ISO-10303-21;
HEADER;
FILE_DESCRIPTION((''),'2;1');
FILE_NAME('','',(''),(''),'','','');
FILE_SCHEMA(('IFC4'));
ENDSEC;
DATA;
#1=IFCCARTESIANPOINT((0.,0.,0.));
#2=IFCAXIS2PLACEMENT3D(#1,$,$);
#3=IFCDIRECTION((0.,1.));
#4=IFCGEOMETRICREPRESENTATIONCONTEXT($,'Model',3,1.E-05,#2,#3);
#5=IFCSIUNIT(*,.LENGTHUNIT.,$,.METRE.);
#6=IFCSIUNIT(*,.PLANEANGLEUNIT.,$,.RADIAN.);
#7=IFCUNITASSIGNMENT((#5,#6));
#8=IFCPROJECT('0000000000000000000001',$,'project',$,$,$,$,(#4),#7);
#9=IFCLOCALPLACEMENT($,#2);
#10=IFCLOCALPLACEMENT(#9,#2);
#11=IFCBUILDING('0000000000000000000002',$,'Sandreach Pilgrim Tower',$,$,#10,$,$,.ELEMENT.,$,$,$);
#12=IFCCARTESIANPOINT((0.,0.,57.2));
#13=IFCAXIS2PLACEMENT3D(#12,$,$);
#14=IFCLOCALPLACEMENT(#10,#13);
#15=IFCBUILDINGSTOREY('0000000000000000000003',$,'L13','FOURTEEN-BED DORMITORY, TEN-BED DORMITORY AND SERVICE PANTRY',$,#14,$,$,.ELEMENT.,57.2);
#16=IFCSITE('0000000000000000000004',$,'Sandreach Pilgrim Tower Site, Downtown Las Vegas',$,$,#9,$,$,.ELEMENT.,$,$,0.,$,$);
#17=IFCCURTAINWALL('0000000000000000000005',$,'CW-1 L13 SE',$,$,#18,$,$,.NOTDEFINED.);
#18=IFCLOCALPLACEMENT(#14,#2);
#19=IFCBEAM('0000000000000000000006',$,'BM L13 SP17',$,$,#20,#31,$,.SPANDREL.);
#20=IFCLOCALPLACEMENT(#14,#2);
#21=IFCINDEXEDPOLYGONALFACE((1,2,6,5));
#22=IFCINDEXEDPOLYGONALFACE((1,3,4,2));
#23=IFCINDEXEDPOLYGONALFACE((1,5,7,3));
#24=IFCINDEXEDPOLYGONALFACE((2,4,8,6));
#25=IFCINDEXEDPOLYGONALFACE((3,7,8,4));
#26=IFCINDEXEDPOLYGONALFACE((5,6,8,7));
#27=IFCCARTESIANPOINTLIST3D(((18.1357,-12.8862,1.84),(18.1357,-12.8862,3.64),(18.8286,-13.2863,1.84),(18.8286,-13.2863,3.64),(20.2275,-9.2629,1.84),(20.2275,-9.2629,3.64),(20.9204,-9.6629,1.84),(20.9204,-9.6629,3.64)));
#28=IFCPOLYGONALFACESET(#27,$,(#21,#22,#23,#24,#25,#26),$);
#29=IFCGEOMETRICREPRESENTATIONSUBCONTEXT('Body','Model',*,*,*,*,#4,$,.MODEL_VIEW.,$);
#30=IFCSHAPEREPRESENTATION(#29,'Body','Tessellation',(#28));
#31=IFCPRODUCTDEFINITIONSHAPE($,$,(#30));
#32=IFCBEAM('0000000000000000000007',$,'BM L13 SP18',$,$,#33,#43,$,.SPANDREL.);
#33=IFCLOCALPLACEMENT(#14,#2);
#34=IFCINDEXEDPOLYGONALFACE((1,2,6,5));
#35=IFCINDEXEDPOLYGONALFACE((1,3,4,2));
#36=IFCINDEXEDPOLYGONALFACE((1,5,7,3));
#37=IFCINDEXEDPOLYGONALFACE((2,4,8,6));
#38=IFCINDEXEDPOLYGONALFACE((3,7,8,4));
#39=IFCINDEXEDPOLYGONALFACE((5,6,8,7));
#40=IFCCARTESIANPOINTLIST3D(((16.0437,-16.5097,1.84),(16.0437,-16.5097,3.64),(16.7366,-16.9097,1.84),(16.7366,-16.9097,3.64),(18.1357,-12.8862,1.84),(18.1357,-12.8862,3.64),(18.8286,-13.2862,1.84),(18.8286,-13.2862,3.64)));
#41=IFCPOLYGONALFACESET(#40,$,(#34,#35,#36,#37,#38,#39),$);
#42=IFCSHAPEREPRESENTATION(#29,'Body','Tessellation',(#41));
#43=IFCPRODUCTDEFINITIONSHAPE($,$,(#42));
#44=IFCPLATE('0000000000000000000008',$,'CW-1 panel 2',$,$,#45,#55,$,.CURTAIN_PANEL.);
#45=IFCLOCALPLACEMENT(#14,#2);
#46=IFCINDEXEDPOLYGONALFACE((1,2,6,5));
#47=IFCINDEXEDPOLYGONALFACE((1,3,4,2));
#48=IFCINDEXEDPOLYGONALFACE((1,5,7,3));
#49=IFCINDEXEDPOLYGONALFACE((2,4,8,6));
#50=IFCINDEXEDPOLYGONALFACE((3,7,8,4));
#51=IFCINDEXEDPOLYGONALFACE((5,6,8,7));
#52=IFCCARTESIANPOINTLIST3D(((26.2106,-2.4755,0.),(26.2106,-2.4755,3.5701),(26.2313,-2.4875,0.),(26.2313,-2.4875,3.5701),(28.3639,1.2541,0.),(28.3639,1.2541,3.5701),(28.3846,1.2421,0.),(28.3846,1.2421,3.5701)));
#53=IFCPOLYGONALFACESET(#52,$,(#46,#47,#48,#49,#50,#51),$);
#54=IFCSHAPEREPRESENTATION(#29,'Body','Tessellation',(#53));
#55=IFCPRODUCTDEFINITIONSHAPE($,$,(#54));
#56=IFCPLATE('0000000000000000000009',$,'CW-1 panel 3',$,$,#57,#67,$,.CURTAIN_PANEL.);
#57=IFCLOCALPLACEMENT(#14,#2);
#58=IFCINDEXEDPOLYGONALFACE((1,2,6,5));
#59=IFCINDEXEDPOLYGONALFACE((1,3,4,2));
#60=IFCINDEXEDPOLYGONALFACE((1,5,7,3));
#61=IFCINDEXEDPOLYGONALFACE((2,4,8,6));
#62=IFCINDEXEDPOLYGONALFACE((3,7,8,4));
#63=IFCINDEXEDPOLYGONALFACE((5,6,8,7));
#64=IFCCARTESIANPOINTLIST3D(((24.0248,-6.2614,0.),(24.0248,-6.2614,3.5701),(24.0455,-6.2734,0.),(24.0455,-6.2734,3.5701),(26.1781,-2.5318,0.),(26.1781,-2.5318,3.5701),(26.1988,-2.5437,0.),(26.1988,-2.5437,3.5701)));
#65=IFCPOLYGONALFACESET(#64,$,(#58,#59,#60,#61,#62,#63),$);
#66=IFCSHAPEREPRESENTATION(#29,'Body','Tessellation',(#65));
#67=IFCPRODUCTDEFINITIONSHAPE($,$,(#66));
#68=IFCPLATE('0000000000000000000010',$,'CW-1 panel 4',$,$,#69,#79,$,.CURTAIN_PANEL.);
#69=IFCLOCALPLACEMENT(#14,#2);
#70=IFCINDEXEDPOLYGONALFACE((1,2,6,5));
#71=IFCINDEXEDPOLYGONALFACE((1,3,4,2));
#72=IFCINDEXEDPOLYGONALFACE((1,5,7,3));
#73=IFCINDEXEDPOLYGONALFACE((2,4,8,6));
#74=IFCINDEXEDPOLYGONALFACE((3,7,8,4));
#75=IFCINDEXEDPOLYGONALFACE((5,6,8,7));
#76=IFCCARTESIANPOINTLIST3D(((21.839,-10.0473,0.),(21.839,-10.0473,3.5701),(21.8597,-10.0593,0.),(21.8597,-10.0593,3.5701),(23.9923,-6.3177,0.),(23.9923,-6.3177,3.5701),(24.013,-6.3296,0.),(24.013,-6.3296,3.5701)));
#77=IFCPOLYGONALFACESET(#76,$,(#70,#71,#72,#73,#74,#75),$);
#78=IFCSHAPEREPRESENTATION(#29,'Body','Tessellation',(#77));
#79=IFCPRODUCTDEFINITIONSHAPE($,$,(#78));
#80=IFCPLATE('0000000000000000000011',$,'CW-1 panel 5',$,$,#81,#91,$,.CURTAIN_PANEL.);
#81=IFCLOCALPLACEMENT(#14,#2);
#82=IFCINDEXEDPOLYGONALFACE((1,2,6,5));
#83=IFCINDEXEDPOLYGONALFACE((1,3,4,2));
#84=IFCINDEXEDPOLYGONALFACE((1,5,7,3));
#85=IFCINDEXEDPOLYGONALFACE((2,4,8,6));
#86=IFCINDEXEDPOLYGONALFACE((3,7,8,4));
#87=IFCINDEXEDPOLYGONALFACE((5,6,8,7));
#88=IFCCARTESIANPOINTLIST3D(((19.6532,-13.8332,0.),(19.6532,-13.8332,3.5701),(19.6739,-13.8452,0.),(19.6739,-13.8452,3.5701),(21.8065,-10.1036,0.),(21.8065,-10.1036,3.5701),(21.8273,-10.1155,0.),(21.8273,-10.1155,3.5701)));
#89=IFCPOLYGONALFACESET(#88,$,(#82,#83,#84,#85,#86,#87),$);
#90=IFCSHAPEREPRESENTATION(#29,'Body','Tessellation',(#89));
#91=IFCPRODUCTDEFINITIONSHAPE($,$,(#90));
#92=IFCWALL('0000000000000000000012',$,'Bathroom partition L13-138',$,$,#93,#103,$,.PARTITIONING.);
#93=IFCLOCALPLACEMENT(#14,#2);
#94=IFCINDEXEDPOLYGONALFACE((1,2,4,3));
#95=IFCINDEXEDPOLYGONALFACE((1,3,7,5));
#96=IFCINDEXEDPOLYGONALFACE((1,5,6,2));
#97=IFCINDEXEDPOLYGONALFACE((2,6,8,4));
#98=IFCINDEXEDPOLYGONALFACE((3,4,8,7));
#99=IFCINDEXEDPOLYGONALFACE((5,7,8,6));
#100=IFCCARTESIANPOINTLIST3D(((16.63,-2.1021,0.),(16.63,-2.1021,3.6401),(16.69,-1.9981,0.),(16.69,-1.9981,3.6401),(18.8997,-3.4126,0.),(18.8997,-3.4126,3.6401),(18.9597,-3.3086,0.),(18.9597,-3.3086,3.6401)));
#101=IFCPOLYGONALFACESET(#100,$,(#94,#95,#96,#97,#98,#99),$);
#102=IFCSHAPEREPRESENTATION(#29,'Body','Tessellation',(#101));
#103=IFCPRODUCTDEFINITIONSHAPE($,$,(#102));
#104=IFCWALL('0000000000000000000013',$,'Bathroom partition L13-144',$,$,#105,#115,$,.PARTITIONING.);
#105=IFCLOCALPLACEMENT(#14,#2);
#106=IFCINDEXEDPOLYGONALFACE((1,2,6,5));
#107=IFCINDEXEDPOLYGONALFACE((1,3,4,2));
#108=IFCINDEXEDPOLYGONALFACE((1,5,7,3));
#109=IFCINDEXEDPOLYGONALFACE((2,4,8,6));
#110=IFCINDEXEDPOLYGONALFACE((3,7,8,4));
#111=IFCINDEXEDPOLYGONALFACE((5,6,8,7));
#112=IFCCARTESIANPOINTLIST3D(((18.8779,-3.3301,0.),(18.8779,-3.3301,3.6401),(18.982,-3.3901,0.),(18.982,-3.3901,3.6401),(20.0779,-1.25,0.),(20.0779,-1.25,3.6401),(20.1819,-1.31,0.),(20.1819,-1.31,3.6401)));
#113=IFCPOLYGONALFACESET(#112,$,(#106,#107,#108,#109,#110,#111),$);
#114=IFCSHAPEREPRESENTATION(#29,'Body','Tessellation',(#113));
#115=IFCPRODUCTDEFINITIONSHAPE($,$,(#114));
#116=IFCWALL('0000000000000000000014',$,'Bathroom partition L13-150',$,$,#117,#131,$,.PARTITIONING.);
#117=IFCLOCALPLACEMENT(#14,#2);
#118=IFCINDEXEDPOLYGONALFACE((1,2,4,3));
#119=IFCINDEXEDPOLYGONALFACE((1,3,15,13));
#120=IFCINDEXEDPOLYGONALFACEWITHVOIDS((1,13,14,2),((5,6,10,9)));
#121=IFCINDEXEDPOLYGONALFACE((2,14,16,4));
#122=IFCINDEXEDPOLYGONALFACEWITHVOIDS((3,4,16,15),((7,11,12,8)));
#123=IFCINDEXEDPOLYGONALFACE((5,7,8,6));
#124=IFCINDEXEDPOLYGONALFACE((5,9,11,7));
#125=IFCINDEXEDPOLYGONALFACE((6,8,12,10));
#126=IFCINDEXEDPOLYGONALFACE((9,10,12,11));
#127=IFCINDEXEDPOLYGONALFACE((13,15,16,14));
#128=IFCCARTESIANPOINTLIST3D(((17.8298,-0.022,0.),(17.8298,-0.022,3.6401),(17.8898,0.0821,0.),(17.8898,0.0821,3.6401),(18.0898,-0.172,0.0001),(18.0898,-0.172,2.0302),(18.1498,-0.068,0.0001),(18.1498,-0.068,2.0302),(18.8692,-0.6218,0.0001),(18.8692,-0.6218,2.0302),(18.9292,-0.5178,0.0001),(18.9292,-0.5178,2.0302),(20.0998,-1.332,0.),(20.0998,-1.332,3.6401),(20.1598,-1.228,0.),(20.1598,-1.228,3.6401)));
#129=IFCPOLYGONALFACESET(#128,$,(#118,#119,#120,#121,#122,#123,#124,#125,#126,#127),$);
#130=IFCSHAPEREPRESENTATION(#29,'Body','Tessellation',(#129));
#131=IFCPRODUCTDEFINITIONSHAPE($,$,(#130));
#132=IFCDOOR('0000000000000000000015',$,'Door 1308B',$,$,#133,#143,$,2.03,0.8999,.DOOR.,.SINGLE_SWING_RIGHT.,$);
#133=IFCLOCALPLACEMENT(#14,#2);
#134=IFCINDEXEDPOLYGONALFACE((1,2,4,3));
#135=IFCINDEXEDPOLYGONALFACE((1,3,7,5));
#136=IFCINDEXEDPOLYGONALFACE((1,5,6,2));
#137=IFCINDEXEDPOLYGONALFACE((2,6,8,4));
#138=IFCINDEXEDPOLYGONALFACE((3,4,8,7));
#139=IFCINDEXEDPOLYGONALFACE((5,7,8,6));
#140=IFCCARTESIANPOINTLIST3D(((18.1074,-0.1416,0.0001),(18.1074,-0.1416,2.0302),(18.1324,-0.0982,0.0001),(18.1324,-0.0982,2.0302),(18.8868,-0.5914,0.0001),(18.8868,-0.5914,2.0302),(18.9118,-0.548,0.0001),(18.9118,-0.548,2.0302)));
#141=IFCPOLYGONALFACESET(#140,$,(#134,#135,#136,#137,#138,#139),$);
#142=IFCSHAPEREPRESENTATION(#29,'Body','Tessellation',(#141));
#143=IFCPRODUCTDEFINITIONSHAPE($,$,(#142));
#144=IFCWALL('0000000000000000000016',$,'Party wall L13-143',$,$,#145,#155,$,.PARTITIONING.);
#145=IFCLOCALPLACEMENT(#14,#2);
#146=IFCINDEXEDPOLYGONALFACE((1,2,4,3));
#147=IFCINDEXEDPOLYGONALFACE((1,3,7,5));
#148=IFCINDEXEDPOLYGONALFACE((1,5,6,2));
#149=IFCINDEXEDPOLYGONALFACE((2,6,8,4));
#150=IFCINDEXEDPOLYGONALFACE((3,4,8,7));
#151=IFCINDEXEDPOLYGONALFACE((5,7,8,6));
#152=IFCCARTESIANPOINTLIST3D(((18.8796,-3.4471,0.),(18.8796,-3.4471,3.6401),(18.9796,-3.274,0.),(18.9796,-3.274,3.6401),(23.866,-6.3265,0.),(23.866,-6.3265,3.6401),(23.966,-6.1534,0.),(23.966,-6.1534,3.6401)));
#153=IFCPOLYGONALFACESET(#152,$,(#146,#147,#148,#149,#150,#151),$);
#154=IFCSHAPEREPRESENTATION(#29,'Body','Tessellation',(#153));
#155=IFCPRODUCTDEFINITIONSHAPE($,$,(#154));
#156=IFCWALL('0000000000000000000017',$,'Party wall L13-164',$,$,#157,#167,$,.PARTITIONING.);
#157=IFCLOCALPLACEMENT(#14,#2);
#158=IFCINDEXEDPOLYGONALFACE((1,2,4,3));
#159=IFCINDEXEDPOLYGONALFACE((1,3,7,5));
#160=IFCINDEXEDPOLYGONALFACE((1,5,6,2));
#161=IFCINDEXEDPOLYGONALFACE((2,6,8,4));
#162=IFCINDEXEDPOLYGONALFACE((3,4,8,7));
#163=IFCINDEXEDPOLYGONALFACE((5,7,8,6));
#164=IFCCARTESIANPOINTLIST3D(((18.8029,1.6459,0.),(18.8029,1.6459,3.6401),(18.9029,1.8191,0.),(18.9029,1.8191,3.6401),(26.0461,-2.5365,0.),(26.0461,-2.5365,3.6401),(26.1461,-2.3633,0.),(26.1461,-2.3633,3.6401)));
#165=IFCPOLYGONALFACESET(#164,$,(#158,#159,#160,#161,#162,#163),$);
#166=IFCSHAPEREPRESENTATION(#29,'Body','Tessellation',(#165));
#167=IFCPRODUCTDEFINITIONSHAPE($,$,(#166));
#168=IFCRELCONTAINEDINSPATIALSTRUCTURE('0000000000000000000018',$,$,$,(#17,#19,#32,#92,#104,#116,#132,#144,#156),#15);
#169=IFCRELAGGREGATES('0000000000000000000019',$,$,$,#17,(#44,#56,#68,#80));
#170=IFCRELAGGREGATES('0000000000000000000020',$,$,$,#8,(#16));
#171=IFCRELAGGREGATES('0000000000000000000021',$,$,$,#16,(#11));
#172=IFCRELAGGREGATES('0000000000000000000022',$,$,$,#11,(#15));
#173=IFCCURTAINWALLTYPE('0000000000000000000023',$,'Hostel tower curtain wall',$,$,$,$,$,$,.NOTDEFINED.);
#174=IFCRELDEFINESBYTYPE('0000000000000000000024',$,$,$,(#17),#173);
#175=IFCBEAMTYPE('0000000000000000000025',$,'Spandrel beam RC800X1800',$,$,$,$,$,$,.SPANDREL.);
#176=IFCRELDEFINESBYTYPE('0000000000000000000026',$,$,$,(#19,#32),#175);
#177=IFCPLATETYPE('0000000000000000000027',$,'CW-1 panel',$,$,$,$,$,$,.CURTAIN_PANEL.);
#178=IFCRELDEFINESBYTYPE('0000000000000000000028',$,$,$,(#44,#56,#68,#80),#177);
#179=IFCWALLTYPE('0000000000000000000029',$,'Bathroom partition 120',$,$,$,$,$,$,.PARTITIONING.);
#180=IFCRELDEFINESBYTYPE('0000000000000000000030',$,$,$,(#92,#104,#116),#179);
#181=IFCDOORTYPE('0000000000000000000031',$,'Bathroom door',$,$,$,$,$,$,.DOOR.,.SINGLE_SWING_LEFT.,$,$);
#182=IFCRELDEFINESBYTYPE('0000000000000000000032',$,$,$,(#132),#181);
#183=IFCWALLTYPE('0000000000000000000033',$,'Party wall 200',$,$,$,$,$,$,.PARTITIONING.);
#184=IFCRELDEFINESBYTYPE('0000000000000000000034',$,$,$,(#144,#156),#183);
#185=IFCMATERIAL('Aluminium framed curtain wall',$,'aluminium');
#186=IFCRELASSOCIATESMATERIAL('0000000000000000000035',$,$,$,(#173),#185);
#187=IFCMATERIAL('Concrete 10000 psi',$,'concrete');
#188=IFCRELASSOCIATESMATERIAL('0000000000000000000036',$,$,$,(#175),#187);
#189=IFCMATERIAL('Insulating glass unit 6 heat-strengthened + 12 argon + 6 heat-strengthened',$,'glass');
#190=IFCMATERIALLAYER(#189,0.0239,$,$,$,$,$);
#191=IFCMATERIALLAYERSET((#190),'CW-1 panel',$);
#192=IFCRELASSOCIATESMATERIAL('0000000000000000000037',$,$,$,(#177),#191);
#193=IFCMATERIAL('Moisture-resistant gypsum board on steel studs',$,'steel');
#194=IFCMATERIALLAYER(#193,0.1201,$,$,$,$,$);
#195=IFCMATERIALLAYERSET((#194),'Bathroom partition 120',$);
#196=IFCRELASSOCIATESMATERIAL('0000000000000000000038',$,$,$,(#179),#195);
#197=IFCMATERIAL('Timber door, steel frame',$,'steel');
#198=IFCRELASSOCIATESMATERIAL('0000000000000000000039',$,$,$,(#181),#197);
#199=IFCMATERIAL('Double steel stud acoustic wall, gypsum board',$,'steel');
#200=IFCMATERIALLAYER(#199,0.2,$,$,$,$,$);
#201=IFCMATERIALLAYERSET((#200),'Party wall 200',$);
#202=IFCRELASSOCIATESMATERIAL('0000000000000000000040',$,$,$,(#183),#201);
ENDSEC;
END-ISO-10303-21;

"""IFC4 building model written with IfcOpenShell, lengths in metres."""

from ifc_helpers import new_model, si_unit, direction, frame, frame_2d, origin, origin_2d, place, context, subcontext, project, spatial, rectangle, extrude, material, layer, layer_set, material_profile, profile_set, type_object, element, fill, aggregate, save


model = new_model("IFC4")

# Units and contexts
model_context = context("Model", 3, precision=1e-05, world=origin(), true_north=direction((0.0, 1.0)))
body_context = subcontext(model_context, "Body", "Model", "MODEL_VIEW")
ifc_project = project(units=[si_unit("LENGTHUNIT", "METRE"), si_unit("PLANEANGLEUNIT", "RADIAN")], contexts=[model_context])

# Site, building, storey
site_placement = place(None, origin())
site = spatial("IfcSite", under=ifc_project, at=site_placement, Name="Sandreach Pilgrim Tower Site, Downtown Las Vegas", CompositionType="ELEMENT", RefElevation=0.0)
building_placement = place(site_placement, origin())
building = spatial("IfcBuilding", under=site, at=building_placement, Name="Sandreach Pilgrim Tower", CompositionType="ELEMENT")
storey_placement = place(building_placement, frame((0.0, 0.0, 57.2)))
storey = spatial("IfcBuildingStorey", under=building, at=storey_placement, Name="L13", Description="FOURTEEN-BED DORMITORY, TEN-BED DORMITORY AND SERVICE PANTRY", CompositionType="ELEMENT", Elevation=57.2)

# Curtain wall
ifc_material_1 = material(Name="Aluminium framed curtain wall", Category="aluminium")
curtain_wall_type = type_object("IfcCurtainWallType", Name="Hostel tower curtain wall", PredefinedType="NOTDEFINED", material=ifc_material_1)
curtain_wall_placement = place(storey_placement, origin())
curtain_wall = element("IfcCurtainWall", 1, at=curtain_wall_placement, inside=storey, type_object=curtain_wall_type, Name="CW-1 L13 SE", PredefinedType="NOTDEFINED")

# Beams
ifc_material_2 = material(Name="Concrete 10000 psi", Category="concrete")
ifc_material_profile_1 = material_profile(ifc_material_2, rectangle(XDim=0.8, YDim=1.8, at=origin_2d()), Name="RC800X1800")
ifc_profile_set_1 = profile_set([ifc_material_profile_1], Name="Concrete 10000 psi")
beam_type_1 = type_object("IfcBeamType", Name="Spandrel beam RC800X1800", PredefinedType="SPANDREL", material=ifc_profile_set_1)
beam_1_placement = place(storey_placement, frame((20.574, -9.4629, 2.74), z_axis=(-0.49998, -0.866037, 0.0), x_axis=(0.866037, -0.49998, 0.0)))
element("IfcBeam", 2, at=beam_1_placement, inside=storey, type_object=beam_type_1, Name="BM L13 SP17", PredefinedType="SPANDREL", context=body_context, shape_type="SweptSolid", body=[
    extrude(rectangle(XDim=0.8, YDim=1.8, at=origin_2d()), origin(), (0.0, 0.0, 1.0), 4.1838),
])
beam_2_placement = place(storey_placement, frame((18.4822, -13.0862, 2.74), z_axis=(-0.499999, -0.866026, 0.0), x_axis=(0.866026, -0.499999, 0.0)))
element("IfcBeam", 3, at=beam_2_placement, inside=storey, type_object=beam_type_1, Name="BM L13 SP18", PredefinedType="SPANDREL", context=body_context, shape_type="SweptSolid", body=[
    extrude(rectangle(XDim=0.8, YDim=1.8, at=origin_2d()), origin(), (0.0, 0.0, 1.0), 4.1841),
])

# Plates
ifc_material_3 = material(Name="Insulating glass unit 6 heat-strengthened + 12 argon + 6 heat-strengthened", Category="glass")
ifc_layer_1 = layer(ifc_material_3, 0.0239)
ifc_layer_set_1 = layer_set([ifc_layer_1], Name="CW-1 panel")
plate_type = type_object("IfcPlateType", Name="CW-1 panel", PredefinedType="CURTAIN_PANEL", material=ifc_layer_set_1)
plate_1_placement = place(storey_placement, frame((27.2976, -0.6167, 0.0), z_axis=(0.0, 0.0, 1.0), x_axis=(-0.5, -0.866025, 0.0)))
plate_1 = element("IfcPlate", 4, at=plate_1_placement, type_object=plate_type, Name="CW-1 panel 2", PredefinedType="CURTAIN_PANEL", context=body_context, shape_type="SweptSolid", body=[
    extrude(rectangle(XDim=4.3066, YDim=0.0239, at=origin_2d()), origin(), (0.0, 0.0, 1.0), 3.5701),
])
plate_2_placement = place(storey_placement, frame((25.1118, -4.4026, 0.0), z_axis=(0.0, 0.0, 1.0), x_axis=(-0.5, -0.866025, 0.0)))
plate_2 = element("IfcPlate", 5, at=plate_2_placement, type_object=plate_type, Name="CW-1 panel 3", PredefinedType="CURTAIN_PANEL", context=body_context, shape_type="SweptSolid", body=[
    extrude(rectangle(XDim=4.3066, YDim=0.0239, at=origin_2d()), origin(), (0.0, 0.0, 1.0), 3.5701),
])
plate_3_placement = place(storey_placement, frame((22.926, -8.1885, 0.0), z_axis=(0.0, 0.0, 1.0), x_axis=(-0.5, -0.866025, 0.0)))
plate_3 = element("IfcPlate", 6, at=plate_3_placement, type_object=plate_type, Name="CW-1 panel 4", PredefinedType="CURTAIN_PANEL", context=body_context, shape_type="SweptSolid", body=[
    extrude(rectangle(XDim=4.3066, YDim=0.0239, at=origin_2d()), origin(), (0.0, 0.0, 1.0), 3.5701),
])
plate_4_placement = place(storey_placement, frame((20.7402, -11.9744, 0.0), z_axis=(0.0, 0.0, 1.0), x_axis=(-0.5, -0.866025, 0.0)))
plate_4 = element("IfcPlate", 7, at=plate_4_placement, type_object=plate_type, Name="CW-1 panel 5", PredefinedType="CURTAIN_PANEL", context=body_context, shape_type="SweptSolid", body=[
    extrude(rectangle(XDim=4.3066, YDim=0.0239, at=origin_2d()), origin(), (0.0, 0.0, 1.0), 3.5701),
])
aggregate(curtain_wall, [plate_1, plate_2, plate_3, plate_4])

# Walls
ifc_material_4 = material(Name="Moisture-resistant gypsum board on steel studs", Category="steel")
ifc_layer_2 = layer(ifc_material_4, 0.1201)
ifc_layer_set_2 = layer_set([ifc_layer_2], Name="Bathroom partition 120")
wall_type_1 = type_object("IfcWallType", Name="Bathroom partition 120", PredefinedType="PARTITIONING", material=ifc_layer_set_2)
wall_1_placement = place(storey_placement, frame((16.6599, -2.05, 0.0), z_axis=(0.0, 0.0, 1.0), x_axis=(0.86601, -0.500026, 0.0)))
element("IfcWall", 8, at=wall_1_placement, inside=storey, type_object=wall_type_1, Name="Bathroom partition L13-138", PredefinedType="PARTITIONING", context=body_context, shape_type="SweptSolid", body=[
    extrude(rectangle(XDim=2.6208, YDim=0.1201, at=frame_2d((1.3105, 0.0))), origin(), (0.0, 0.0, 1.0), 3.6401),
])
wall_2_placement = place(storey_placement, frame((18.9299, -3.3601, 0.0), z_axis=(0.0, 0.0, 1.0), x_axis=(0.499693, 0.866203, 0.0)))
element("IfcWall", 9, at=wall_2_placement, inside=storey, type_object=wall_type_1, Name="Bathroom partition L13-144", PredefinedType="PARTITIONING", context=body_context, shape_type="SweptSolid", body=[
    extrude(rectangle(XDim=2.4014, YDim=0.1201, at=frame_2d((1.2007, 0.0))), origin(), (0.0, 0.0, 1.0), 3.6401),
])

# Wall, opening, door
wall_3_placement = place(storey_placement, frame((20.1299, -1.28, 0.0), z_axis=(0.0, 0.0, 1.0), x_axis=(-0.866114, 0.499846, 0.0)))
wall_3 = element("IfcWall", 10, at=wall_3_placement, inside=storey, type_object=wall_type_1, Name="Bathroom partition L13-150", PredefinedType="PARTITIONING", context=body_context, shape_type="SweptSolid", body=[
    extrude(rectangle(XDim=2.6208, YDim=0.1201, at=frame_2d((1.3105, 0.0))), origin(), (0.0, 0.0, 1.0), 3.6401),
])
opening_placement = place(wall_3_placement, frame((1.4209, 0.0, 0.0)))
opening = element("IfcOpeningElement", 11, at=opening_placement, cuts=wall_3, PredefinedType="OPENING", context=body_context, shape_type="SweptSolid", body=[
    extrude(rectangle(XDim=0.8999, YDim=2.03, at=frame_2d((0.45, 1.0151))), frame((0.0, 0.0601, 0.0), z_axis=(0.0, -1.0, 0.0), x_axis=(1.0, 0.0, 0.0)), (0.0, 0.0, 1.0), 0.1201),
])
ifc_material_5 = material(Name="Timber door, steel frame", Category="steel")
door_type = type_object("IfcDoorType", Name="Bathroom door", OperationType="SINGLE_SWING_LEFT", PredefinedType="DOOR", material=ifc_material_5)
door_placement = place(opening_placement, origin())
door = element("IfcDoor", 12, at=door_placement, inside=storey, type_object=door_type, Name="Door 1308B", OperationType="SINGLE_SWING_RIGHT", OverallHeight=2.03, OverallWidth=0.8999, PredefinedType="DOOR", context=body_context, shape_type="SweptSolid", body=[
    extrude(rectangle(XDim=0.8999, YDim=2.03, at=frame_2d((0.45, 1.0151))), frame((0.0, 0.0249, 0.0), z_axis=(0.0, -1.0, 0.0), x_axis=(1.0, 0.0, 0.0)), (0.0, 0.0, 1.0), 0.05),
])
fill(opening, door)

# Walls
ifc_material_6 = material(Name="Double steel stud acoustic wall, gypsum board", Category="steel")
ifc_layer_3 = layer(ifc_material_6, 0.2)
ifc_layer_set_3 = layer_set([ifc_layer_3], Name="Party wall 200")
wall_type_2 = type_object("IfcWallType", Name="Party wall 200", PredefinedType="PARTITIONING", material=ifc_layer_set_3)
wall_4_placement = place(storey_placement, frame((18.9297, -3.3606, 0.0), z_axis=(0.0, 0.0, 1.0), x_axis=(0.865985, -0.50007, 0.0)))
element("IfcWall", 13, at=wall_4_placement, inside=storey, type_object=wall_type_2, Name="Party wall L13-143", PredefinedType="PARTITIONING", context=body_context, shape_type="SweptSolid", body=[
    extrude(rectangle(XDim=5.7581, YDim=0.2, at=frame_2d((2.8789, 0.0))), origin(), (0.0, 0.0, 1.0), 3.6401),
])
wall_5_placement = place(storey_placement, frame((26.0962, -2.45, 0.0), z_axis=(0.0, 0.0, 1.0), x_axis=(-0.865998, 0.500048, 0.0)))
element("IfcWall", 14, at=wall_5_placement, inside=storey, type_object=wall_type_2, Name="Party wall L13-164", PredefinedType="PARTITIONING", context=body_context, shape_type="SweptSolid", body=[
    extrude(rectangle(XDim=8.364, YDim=0.2, at=frame_2d((4.1821, 0.0))), origin(), (0.0, 0.0, 1.0), 3.6401),
])

save(model, "model.ifc")
